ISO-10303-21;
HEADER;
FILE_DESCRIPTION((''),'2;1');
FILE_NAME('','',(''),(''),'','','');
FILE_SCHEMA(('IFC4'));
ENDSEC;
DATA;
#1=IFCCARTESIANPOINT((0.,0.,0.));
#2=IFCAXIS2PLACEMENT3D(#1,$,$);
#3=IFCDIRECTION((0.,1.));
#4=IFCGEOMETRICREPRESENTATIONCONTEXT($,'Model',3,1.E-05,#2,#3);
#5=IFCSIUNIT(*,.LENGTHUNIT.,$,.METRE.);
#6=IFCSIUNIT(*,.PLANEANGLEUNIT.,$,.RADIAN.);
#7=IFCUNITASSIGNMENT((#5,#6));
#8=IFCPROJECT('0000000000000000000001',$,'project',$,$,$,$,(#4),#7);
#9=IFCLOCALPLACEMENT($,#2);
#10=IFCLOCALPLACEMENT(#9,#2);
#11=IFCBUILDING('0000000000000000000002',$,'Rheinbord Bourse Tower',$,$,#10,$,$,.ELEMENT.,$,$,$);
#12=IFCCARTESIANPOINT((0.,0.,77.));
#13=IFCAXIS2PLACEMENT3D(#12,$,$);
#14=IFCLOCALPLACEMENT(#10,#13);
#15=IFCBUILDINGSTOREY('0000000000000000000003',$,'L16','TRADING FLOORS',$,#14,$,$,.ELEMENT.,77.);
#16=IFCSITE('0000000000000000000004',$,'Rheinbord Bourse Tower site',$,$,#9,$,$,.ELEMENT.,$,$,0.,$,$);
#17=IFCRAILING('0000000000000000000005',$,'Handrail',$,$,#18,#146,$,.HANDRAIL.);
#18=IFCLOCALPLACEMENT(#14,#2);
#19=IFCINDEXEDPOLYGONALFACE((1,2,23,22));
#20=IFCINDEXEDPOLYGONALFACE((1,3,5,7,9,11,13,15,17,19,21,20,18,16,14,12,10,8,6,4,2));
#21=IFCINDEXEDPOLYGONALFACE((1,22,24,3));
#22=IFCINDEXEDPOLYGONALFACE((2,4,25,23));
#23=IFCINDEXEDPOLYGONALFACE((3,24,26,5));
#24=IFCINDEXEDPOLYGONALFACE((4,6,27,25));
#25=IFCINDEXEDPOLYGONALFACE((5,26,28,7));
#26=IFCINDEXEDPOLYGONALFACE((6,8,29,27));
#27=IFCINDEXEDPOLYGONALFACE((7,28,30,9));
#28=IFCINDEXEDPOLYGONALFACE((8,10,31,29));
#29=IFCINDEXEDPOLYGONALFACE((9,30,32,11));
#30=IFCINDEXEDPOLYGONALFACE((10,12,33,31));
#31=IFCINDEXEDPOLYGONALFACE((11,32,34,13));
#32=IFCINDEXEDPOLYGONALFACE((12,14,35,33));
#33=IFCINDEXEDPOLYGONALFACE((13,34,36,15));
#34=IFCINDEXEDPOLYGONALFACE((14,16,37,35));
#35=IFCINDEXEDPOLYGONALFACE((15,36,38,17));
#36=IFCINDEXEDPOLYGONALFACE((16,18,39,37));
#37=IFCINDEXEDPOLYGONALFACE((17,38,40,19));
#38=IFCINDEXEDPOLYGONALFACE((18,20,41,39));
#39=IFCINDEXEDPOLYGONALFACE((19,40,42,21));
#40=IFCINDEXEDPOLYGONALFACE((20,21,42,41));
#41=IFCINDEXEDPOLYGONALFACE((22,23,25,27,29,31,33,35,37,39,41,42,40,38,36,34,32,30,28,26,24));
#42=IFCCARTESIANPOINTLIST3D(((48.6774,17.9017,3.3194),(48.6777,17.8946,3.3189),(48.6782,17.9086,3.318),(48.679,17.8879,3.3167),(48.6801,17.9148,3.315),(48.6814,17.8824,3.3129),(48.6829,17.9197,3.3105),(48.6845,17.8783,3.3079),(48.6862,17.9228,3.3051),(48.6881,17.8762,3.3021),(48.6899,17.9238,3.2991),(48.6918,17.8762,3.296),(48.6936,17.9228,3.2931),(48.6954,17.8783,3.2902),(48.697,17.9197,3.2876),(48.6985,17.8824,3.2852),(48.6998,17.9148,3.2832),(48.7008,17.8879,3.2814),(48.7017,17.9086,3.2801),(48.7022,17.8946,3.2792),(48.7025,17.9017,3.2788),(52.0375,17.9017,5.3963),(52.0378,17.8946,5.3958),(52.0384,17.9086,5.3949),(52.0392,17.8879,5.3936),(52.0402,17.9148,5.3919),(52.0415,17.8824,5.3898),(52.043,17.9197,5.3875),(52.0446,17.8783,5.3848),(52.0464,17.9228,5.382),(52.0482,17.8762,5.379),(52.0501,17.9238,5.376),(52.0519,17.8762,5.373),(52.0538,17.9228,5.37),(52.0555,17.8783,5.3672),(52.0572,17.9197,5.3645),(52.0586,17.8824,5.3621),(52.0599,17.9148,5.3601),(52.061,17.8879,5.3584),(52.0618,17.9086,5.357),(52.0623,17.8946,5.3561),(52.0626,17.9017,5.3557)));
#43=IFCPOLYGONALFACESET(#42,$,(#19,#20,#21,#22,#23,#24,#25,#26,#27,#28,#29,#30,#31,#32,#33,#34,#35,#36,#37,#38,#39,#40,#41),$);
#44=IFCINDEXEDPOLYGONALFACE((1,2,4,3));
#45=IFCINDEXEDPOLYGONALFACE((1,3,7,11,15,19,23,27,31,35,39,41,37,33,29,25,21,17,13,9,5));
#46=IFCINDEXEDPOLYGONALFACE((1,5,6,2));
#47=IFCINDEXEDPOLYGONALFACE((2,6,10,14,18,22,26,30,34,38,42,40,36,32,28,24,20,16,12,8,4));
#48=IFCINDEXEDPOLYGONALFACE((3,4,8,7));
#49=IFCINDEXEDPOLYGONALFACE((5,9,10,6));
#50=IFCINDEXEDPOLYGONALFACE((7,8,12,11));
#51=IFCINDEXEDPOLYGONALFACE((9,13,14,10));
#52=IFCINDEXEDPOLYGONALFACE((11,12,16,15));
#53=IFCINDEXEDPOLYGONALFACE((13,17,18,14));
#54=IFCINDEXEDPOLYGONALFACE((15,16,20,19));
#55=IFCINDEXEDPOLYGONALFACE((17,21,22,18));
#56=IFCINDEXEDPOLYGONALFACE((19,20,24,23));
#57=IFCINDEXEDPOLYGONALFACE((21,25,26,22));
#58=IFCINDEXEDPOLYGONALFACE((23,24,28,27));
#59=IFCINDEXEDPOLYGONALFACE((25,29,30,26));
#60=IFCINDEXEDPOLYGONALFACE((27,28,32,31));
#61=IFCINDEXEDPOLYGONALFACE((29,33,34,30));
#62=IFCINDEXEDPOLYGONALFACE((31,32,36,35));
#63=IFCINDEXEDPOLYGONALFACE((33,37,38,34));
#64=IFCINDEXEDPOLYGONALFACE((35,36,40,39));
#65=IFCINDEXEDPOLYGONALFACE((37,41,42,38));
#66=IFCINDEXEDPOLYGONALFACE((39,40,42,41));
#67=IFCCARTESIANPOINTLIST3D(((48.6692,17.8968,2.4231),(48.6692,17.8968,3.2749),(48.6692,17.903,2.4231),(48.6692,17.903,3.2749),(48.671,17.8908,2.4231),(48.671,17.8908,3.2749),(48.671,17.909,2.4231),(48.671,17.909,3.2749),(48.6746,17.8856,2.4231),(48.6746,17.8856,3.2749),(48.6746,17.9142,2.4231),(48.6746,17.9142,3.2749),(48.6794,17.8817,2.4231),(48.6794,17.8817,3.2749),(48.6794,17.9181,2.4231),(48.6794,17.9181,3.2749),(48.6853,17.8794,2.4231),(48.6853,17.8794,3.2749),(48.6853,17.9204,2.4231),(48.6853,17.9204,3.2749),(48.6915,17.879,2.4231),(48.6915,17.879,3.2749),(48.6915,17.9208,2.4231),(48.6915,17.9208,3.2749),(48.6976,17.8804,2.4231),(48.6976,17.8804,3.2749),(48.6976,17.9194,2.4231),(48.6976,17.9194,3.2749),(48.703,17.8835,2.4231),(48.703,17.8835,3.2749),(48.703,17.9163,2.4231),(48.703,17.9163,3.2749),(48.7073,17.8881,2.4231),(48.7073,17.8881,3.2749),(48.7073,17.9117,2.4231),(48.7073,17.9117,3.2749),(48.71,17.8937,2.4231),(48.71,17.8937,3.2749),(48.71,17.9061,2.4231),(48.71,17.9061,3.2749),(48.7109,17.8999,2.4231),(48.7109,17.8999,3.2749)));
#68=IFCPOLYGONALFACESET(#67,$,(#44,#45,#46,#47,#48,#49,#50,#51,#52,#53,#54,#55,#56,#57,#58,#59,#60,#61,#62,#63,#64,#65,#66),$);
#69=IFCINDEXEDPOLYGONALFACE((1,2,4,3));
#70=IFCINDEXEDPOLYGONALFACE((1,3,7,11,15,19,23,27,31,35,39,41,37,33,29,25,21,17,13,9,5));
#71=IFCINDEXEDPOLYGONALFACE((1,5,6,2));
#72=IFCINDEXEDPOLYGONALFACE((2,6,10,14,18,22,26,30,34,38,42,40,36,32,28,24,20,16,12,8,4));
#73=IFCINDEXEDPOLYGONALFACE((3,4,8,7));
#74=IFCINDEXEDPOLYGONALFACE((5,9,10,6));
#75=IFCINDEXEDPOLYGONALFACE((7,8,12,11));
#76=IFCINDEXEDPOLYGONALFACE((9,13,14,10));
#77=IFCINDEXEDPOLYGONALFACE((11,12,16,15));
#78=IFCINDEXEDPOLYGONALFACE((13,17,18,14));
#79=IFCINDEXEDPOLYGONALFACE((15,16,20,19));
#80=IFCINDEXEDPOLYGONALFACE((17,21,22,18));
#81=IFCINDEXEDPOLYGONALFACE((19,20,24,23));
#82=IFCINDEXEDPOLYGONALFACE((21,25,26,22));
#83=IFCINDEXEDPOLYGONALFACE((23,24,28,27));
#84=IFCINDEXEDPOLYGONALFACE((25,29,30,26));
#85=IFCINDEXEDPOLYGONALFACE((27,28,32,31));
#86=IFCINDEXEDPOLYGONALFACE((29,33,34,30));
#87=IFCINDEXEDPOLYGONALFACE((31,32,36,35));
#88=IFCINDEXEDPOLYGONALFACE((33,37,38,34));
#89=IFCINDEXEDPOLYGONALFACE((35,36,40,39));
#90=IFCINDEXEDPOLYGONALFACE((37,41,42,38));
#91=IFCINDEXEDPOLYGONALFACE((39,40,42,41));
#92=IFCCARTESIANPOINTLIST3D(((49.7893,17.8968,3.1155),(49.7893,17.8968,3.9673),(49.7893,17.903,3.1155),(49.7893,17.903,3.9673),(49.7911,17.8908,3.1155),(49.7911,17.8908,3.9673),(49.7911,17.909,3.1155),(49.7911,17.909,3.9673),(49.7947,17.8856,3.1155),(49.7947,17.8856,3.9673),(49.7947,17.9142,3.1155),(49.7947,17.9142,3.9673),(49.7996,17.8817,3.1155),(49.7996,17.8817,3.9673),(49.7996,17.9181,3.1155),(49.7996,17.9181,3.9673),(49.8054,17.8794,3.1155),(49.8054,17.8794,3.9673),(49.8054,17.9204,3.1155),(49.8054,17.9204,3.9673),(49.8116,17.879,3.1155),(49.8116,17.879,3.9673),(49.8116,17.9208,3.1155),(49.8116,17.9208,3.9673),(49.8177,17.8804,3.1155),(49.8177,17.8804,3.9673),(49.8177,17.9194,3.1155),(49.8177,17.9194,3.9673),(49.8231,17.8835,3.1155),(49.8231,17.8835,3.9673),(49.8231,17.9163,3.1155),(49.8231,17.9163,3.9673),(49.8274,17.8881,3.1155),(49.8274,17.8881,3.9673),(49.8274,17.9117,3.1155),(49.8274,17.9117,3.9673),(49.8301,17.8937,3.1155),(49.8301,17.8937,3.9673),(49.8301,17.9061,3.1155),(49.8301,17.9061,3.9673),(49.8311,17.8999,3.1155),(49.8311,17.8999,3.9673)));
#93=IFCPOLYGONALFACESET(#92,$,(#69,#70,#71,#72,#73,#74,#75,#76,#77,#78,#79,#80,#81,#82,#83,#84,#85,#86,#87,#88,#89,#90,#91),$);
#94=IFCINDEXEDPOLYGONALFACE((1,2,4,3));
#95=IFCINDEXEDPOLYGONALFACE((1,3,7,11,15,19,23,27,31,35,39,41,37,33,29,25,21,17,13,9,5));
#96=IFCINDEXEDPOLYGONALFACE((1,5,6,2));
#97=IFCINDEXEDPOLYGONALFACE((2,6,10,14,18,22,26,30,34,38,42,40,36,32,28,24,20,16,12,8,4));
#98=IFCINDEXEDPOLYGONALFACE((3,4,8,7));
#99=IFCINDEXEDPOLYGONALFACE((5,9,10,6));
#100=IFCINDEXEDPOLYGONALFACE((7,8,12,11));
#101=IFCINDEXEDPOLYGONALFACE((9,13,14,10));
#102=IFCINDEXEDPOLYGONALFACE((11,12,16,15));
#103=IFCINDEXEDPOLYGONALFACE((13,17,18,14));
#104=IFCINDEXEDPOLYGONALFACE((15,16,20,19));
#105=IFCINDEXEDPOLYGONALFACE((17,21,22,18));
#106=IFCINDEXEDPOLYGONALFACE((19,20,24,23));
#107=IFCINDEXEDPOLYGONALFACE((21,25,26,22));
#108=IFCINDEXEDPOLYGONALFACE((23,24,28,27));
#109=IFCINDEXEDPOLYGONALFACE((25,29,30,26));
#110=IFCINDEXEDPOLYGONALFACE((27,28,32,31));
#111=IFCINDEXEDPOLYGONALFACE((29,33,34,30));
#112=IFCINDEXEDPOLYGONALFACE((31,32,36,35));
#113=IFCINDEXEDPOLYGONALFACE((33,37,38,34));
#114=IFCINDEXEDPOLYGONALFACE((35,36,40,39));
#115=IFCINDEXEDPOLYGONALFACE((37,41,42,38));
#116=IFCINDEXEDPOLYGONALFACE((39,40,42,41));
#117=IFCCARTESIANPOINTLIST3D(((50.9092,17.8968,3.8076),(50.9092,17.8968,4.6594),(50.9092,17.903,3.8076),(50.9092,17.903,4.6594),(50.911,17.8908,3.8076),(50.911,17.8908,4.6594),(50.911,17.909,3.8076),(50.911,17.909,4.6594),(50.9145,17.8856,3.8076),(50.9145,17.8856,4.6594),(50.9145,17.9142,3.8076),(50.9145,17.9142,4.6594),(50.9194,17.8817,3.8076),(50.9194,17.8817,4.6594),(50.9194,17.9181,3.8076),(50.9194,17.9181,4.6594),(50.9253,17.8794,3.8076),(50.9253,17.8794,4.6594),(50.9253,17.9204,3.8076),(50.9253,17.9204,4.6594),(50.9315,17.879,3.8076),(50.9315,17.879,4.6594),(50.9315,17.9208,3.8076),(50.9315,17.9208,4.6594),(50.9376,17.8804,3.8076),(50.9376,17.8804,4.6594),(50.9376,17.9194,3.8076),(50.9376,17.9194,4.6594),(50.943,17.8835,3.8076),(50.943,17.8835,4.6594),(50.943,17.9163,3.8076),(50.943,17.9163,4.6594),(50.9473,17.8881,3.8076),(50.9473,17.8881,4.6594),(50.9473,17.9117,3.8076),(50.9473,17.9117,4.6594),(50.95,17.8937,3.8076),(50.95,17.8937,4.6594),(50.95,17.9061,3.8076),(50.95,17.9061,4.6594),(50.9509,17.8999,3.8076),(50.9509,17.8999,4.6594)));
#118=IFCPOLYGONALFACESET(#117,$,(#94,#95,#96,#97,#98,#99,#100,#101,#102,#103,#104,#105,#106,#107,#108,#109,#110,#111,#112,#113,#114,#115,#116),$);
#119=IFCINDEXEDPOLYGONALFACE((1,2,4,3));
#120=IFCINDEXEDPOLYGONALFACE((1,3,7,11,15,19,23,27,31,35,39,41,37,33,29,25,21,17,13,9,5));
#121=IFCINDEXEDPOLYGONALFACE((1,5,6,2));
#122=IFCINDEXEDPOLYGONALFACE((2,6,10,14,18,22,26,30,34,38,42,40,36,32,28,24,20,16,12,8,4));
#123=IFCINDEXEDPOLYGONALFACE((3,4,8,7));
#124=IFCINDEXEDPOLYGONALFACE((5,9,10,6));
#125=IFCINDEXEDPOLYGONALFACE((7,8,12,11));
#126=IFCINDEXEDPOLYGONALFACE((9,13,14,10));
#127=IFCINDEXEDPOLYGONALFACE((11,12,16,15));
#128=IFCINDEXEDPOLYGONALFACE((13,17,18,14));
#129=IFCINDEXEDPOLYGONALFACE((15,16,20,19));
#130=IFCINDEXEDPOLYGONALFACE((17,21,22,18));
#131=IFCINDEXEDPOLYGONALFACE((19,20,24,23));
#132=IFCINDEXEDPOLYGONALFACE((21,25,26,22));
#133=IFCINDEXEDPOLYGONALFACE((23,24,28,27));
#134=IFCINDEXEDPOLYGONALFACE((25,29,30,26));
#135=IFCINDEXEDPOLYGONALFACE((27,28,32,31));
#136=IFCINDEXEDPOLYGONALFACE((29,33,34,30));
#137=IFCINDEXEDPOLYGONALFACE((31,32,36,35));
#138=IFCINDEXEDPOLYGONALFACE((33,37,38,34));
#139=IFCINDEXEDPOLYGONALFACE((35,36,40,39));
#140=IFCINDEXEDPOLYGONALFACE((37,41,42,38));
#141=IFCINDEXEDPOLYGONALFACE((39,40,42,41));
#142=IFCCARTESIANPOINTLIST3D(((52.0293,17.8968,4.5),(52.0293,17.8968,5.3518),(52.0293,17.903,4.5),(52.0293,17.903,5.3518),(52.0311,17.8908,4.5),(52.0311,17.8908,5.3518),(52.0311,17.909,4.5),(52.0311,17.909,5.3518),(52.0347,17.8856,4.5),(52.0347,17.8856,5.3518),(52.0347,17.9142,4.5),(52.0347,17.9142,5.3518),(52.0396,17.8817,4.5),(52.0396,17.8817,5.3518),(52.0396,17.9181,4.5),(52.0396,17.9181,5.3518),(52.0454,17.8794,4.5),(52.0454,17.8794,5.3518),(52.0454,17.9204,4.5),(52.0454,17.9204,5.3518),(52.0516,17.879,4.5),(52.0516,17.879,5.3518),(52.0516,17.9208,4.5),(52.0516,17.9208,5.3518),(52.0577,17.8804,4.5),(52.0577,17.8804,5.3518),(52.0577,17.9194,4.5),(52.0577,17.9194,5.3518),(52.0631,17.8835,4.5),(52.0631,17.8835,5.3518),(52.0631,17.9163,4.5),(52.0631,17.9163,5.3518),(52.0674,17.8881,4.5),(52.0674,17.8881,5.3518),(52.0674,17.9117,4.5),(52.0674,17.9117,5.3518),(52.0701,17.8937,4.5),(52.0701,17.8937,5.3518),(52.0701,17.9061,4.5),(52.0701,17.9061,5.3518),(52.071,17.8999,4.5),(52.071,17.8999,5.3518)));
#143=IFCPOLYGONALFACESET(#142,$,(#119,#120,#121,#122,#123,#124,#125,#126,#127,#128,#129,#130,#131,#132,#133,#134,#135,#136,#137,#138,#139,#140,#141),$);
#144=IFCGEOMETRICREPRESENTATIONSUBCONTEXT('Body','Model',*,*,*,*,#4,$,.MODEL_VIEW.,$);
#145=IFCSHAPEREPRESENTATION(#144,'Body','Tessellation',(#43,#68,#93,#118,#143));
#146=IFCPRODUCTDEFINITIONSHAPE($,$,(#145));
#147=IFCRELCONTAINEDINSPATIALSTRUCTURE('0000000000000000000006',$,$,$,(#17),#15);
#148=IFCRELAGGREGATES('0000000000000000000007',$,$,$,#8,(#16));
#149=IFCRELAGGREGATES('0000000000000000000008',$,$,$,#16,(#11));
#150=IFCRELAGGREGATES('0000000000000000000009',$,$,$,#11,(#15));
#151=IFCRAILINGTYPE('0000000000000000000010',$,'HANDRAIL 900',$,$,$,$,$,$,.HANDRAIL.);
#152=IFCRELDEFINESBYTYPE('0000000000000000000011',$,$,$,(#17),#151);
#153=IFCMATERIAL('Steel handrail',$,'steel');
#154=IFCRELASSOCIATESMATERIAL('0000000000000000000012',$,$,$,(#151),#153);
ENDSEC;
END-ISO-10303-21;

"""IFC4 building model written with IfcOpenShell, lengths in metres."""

from ifc_helpers import new_model, si_unit, direction, frame, origin, origin_2d, place, context, subcontext, project, spatial, circle, extrude, material, type_object, element, save


model = new_model("IFC4")

# Units and contexts
model_context = context("Model", 3, precision=1e-05, world=origin(), true_north=direction((0.0, 1.0)))
body_context = subcontext(model_context, "Body", "Model", "MODEL_VIEW")
ifc_project = project(units=[si_unit("LENGTHUNIT", "METRE"), si_unit("PLANEANGLEUNIT", "RADIAN")], contexts=[model_context])

# Site, building, storey
site_placement = place(None, origin())
site = spatial("IfcSite", under=ifc_project, at=site_placement, Name="Rheinbord Bourse Tower site", CompositionType="ELEMENT", RefElevation=0.0)
building_placement = place(site_placement, origin())
building = spatial("IfcBuilding", under=site, at=building_placement, Name="Rheinbord Bourse Tower", CompositionType="ELEMENT")
storey_placement = place(building_placement, frame((0.0, 0.0, 77.0)))
storey = spatial("IfcBuildingStorey", under=building, at=storey_placement, Name="L16", Description="TRADING FLOORS", CompositionType="ELEMENT", Elevation=77.0)

# Railing
ifc_material_1 = material(Name="Steel handrail", Category="steel")
railing_type = type_object("IfcRailingType", Name="HANDRAIL 900", PredefinedType="HANDRAIL", material=ifc_material_1)
railing_1_placement = place(storey_placement, frame((48.6899, 17.8999, 2.4231)))
element("IfcRailing", 1, at=railing_1_placement, inside=storey, type_object=railing_type, Name="Handrail", PredefinedType="HANDRAIL", context=body_context, shape_type="SweptSolid", body=[
    extrude(circle(Radius=0.0239, at=origin_2d()), frame((0.0, 0.0, 0.876), z_axis=(0.850623, 0.0, 0.525776), x_axis=(0.0, 1.0, 0.0)), (0.0, 0.0, 1.0), 3.9502),
    extrude(circle(Radius=0.021, at=origin_2d()), origin(), (0.0, 0.0, 1.0), 0.8518),
    extrude(circle(Radius=0.021, at=origin_2d()), frame((1.1201, 0.0, 0.6924)), (0.0, 0.0, 1.0), 0.8518),
    extrude(circle(Radius=0.021, at=origin_2d()), frame((2.24, 0.0, 1.3845)), (0.0, 0.0, 1.0), 0.8518),
    extrude(circle(Radius=0.021, at=origin_2d()), frame((3.3601, 0.0, 2.0769)), (0.0, 0.0, 1.0), 0.8518),
])

save(model, "model.ifc")
